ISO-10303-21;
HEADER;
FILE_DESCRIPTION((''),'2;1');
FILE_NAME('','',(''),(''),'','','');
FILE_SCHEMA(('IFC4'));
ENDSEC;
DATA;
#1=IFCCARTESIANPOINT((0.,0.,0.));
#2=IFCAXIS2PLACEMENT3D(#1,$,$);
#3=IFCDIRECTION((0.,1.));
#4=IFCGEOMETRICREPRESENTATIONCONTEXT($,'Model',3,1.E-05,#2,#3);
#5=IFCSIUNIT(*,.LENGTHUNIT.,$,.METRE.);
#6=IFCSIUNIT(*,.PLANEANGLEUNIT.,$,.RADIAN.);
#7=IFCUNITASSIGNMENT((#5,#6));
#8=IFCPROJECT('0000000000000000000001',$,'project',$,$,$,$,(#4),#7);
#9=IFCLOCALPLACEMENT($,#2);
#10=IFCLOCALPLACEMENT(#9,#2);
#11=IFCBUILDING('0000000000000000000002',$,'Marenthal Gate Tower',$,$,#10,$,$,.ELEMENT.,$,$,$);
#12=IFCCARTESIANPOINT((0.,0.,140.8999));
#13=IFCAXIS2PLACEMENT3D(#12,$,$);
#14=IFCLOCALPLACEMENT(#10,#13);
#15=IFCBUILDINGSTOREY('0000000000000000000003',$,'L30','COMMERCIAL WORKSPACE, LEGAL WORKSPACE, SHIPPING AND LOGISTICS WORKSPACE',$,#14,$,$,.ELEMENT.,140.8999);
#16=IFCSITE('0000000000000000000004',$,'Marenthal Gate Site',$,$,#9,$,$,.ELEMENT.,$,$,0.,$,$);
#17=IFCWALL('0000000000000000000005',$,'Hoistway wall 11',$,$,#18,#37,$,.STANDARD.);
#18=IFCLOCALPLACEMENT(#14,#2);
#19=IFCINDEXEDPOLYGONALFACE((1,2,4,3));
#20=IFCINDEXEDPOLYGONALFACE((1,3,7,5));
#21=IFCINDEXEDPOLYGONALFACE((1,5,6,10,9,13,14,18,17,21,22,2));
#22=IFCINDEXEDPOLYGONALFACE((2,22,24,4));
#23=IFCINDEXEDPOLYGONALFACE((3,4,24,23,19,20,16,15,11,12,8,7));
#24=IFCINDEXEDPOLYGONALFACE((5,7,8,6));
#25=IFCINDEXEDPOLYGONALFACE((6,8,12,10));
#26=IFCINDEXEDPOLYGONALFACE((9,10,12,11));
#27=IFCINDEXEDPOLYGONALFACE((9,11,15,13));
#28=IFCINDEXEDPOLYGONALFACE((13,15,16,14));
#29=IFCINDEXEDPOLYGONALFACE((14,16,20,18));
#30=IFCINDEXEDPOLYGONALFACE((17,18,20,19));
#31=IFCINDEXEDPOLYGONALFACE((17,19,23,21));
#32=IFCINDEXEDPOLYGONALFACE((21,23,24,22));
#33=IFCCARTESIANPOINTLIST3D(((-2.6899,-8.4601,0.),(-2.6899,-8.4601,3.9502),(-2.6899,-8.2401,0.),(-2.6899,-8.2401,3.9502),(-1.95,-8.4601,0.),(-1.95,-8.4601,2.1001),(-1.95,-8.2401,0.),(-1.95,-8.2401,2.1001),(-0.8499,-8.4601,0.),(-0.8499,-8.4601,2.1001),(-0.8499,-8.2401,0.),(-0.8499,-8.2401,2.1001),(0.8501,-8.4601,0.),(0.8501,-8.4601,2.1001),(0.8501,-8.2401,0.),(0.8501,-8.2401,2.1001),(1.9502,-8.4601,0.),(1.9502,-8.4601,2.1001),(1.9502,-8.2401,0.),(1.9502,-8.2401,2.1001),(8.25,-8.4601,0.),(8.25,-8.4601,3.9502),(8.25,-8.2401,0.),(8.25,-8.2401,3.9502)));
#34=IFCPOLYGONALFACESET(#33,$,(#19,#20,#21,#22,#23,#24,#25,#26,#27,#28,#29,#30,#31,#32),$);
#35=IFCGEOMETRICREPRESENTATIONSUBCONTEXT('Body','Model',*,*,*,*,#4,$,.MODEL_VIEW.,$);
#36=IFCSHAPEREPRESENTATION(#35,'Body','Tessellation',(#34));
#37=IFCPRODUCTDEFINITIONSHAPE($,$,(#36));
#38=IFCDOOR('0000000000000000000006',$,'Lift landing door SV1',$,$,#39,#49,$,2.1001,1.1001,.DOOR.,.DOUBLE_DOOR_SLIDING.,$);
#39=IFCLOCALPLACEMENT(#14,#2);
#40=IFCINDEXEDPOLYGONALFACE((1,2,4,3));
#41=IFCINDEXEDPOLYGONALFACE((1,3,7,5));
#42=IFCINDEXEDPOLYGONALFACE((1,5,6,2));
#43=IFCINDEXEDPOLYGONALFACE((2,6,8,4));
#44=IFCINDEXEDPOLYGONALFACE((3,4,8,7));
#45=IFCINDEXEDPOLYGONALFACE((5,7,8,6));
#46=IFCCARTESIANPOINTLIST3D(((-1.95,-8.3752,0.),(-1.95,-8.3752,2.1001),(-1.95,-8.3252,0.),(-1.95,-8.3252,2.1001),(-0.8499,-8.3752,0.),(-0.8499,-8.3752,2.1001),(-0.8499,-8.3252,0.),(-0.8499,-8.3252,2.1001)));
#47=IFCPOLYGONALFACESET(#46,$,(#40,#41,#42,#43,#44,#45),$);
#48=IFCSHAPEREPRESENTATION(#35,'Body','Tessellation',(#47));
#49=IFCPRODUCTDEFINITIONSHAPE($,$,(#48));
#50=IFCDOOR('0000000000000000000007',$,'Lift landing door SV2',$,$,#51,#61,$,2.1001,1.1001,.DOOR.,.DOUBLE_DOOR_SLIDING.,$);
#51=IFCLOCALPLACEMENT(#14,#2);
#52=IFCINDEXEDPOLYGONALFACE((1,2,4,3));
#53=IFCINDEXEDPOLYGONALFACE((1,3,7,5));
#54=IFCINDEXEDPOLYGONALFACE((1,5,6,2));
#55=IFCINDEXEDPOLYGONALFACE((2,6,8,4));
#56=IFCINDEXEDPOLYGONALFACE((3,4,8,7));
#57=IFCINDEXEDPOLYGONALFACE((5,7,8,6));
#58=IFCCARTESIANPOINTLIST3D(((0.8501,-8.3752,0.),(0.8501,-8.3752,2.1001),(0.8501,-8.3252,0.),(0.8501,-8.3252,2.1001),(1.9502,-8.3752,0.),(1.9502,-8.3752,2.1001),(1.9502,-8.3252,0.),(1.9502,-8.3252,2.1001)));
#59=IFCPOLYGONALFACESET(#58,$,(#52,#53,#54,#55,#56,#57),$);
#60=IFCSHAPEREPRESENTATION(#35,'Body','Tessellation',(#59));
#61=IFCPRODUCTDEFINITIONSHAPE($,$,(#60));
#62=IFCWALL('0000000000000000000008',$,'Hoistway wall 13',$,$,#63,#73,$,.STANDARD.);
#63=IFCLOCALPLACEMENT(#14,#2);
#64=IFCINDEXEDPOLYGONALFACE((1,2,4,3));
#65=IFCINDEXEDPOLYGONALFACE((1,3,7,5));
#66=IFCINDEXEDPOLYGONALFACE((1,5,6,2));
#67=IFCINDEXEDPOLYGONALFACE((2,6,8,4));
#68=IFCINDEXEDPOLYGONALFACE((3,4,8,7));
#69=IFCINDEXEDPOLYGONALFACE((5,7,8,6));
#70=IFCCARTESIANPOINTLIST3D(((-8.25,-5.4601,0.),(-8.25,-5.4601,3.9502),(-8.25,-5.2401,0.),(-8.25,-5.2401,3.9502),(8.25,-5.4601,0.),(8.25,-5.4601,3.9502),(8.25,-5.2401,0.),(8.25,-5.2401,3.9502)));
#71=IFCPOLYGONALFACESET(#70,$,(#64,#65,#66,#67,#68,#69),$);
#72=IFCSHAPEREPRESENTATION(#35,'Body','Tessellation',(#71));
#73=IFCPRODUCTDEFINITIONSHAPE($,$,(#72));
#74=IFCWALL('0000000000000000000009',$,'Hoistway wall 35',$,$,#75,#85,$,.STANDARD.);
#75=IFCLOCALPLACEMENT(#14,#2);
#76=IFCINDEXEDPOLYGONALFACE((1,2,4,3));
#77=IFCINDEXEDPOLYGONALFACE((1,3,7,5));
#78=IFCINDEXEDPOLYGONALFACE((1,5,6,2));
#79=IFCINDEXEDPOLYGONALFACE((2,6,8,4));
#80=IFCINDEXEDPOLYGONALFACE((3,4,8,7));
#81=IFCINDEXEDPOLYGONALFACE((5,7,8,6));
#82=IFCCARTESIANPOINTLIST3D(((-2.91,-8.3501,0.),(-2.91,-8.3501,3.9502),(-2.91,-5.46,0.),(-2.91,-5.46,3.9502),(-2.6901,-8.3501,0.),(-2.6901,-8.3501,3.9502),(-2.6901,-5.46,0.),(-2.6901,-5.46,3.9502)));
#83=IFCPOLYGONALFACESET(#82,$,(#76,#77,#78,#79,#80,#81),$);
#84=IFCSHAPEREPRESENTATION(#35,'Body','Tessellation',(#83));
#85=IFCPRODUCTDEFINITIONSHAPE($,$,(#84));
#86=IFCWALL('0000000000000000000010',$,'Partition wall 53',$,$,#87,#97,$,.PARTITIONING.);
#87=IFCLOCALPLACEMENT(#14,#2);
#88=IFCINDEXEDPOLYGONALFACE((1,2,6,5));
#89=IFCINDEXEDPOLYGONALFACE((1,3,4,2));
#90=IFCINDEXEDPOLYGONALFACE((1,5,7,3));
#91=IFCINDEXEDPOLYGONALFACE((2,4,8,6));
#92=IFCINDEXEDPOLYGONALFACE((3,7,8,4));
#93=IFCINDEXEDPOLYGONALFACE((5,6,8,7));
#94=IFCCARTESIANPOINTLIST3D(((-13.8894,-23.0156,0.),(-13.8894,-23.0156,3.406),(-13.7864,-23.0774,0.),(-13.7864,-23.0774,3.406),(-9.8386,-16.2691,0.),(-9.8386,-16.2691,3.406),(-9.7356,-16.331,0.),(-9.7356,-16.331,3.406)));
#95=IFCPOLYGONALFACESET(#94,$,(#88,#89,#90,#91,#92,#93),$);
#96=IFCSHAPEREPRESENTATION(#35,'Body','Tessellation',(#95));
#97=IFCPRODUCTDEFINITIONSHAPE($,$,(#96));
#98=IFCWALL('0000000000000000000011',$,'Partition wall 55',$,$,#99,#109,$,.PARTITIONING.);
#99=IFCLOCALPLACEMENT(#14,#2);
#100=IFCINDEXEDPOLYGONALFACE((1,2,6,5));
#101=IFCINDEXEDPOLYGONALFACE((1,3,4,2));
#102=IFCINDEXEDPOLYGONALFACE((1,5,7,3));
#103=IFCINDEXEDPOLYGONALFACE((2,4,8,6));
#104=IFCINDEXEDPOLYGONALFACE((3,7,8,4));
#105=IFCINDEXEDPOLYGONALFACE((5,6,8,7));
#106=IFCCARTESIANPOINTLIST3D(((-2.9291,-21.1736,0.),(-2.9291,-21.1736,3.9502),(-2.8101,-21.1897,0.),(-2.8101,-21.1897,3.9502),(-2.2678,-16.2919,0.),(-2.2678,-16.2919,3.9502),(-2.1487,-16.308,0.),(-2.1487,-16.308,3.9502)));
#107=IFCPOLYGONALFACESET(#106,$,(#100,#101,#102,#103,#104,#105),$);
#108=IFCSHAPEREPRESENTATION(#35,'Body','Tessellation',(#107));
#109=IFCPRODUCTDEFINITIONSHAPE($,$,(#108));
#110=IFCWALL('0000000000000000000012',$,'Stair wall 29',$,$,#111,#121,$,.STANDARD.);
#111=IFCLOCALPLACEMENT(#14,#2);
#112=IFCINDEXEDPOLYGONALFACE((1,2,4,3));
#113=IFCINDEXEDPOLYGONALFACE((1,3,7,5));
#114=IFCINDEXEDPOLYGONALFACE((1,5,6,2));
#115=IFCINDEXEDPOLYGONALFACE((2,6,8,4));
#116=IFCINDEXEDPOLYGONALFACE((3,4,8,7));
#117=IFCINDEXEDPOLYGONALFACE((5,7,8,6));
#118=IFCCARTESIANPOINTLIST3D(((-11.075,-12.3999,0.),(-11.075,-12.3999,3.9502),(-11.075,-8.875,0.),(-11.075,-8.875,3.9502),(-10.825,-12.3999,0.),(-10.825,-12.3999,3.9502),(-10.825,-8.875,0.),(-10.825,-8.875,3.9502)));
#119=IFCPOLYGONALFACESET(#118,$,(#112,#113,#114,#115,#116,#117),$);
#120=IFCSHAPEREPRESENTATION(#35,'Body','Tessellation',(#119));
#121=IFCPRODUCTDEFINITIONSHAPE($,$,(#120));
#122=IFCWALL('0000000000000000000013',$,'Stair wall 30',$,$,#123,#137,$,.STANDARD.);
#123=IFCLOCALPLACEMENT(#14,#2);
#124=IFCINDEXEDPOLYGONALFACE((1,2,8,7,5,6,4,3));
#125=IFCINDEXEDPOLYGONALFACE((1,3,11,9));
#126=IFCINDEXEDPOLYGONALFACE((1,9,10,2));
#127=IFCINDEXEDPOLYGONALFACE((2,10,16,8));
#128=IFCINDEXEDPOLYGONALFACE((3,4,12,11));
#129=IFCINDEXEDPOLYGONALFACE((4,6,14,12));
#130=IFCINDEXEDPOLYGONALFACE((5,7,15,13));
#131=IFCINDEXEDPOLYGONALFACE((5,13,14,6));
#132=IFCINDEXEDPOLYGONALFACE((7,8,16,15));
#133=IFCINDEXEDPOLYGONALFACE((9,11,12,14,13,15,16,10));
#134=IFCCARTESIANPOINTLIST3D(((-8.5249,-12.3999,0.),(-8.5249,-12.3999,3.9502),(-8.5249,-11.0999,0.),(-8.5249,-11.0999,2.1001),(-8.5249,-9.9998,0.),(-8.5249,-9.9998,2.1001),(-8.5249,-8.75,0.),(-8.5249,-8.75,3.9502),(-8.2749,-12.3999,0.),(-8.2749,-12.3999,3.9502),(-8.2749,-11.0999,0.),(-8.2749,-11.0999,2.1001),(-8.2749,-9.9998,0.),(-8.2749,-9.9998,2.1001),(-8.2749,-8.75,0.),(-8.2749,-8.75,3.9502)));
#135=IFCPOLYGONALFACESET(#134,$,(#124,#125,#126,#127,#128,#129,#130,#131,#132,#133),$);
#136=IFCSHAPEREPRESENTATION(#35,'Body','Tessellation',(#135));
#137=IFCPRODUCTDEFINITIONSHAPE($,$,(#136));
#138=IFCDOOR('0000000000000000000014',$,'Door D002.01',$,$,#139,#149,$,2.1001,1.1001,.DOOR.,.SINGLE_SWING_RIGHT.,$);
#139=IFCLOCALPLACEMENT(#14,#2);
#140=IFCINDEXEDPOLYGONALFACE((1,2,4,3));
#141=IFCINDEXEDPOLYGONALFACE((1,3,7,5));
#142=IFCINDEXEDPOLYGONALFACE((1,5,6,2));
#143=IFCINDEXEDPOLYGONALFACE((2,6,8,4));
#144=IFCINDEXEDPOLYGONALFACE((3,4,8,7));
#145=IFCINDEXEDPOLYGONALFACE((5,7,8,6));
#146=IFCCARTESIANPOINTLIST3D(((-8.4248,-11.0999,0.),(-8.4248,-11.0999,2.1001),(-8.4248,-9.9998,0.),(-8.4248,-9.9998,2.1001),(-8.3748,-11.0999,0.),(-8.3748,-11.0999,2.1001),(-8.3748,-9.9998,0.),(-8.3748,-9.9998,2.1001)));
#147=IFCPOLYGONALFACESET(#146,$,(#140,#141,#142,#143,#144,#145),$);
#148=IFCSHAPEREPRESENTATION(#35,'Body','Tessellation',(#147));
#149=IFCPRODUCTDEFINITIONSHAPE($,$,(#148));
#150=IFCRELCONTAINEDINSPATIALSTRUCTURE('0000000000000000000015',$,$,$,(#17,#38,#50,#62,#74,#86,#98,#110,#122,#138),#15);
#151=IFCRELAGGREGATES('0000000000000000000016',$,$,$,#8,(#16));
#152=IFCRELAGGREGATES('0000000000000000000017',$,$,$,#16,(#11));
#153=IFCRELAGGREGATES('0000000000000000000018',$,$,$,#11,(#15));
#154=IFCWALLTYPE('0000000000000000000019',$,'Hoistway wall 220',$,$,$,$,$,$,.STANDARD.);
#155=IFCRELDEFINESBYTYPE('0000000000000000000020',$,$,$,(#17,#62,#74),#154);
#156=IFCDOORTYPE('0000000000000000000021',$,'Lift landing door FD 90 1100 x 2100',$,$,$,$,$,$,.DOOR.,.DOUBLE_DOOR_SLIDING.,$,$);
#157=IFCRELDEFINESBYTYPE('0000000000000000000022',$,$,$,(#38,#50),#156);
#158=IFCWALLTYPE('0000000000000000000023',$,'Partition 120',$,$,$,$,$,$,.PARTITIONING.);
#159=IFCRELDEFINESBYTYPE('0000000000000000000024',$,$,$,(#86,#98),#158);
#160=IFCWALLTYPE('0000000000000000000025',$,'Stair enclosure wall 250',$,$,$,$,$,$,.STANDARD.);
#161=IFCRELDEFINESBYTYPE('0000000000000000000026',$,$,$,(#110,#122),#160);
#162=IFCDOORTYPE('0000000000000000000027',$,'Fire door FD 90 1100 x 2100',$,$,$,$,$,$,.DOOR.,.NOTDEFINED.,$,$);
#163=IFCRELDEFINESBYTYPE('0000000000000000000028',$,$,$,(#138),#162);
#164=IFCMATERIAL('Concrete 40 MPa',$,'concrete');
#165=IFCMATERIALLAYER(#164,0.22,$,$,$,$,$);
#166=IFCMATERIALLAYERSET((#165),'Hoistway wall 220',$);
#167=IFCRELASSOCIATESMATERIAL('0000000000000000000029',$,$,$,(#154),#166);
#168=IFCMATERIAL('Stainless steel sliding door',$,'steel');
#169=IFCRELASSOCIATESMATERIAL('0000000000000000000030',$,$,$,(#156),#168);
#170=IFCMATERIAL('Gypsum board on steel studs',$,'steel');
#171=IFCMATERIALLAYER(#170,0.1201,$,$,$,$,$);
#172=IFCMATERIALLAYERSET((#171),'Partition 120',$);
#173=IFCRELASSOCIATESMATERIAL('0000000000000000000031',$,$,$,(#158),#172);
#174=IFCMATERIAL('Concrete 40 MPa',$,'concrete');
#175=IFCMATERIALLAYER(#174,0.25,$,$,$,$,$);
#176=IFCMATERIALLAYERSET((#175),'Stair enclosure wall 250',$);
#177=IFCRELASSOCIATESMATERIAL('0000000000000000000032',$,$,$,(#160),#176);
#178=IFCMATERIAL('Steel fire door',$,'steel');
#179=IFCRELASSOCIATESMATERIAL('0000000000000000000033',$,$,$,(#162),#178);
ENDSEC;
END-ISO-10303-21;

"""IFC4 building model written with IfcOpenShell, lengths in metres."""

from ifc_helpers import new_model, si_unit, direction, frame, frame_2d, origin, place, context, subcontext, project, spatial, rectangle, extrude, material, layer, layer_set, type_object, element, fill, save


model = new_model("IFC4")

# Units and contexts
model_context = context("Model", 3, precision=1e-05, world=origin(), true_north=direction((0.0, 1.0)))
body_context = subcontext(model_context, "Body", "Model", "MODEL_VIEW")
ifc_project = project(units=[si_unit("LENGTHUNIT", "METRE"), si_unit("PLANEANGLEUNIT", "RADIAN")], contexts=[model_context])

# Site, building, storey
site_placement = place(None, origin())
site = spatial("IfcSite", under=ifc_project, at=site_placement, Name="Marenthal Gate Site", CompositionType="ELEMENT", RefElevation=0.0)
building_placement = place(site_placement, origin())
building = spatial("IfcBuilding", under=site, at=building_placement, Name="Marenthal Gate Tower", CompositionType="ELEMENT")
storey_placement = place(building_placement, frame((0.0, 0.0, 140.8999)))
storey = spatial("IfcBuildingStorey", under=building, at=storey_placement, Name="L30", Description="COMMERCIAL WORKSPACE, LEGAL WORKSPACE, SHIPPING AND LOGISTICS WORKSPACE", CompositionType="ELEMENT", Elevation=140.8999)

# Wall, openings, doors
ifc_material_1 = material(Name="Concrete 40 MPa", Category="concrete")
ifc_layer_1 = layer(ifc_material_1, 0.22)
ifc_layer_set_1 = layer_set([ifc_layer_1], Name="Hoistway wall 220")
wall_type_1 = type_object("IfcWallType", Name="Hoistway wall 220", PredefinedType="STANDARD", material=ifc_layer_set_1)
ifc_material_2 = material(Name="Stainless steel sliding door", Category="steel")
door_type_1 = type_object("IfcDoorType", Name="Lift landing door FD 90 1100 x 2100", OperationType="DOUBLE_DOOR_SLIDING", PredefinedType="DOOR", material=ifc_material_2)
wall_1_placement = place(storey_placement, frame((-2.6899, -8.3501, 0.0), z_axis=(0.0, 0.0, 1.0), x_axis=(1.0, 0.0, 0.0)))
wall_1 = element("IfcWall", 1, at=wall_1_placement, inside=storey, type_object=wall_type_1, Name="Hoistway wall 11", PredefinedType="STANDARD", context=body_context, shape_type="SweptSolid", body=[
    extrude(rectangle(XDim=10.9399, YDim=0.22, at=frame_2d((5.47, 0.0))), origin(), (0.0, 0.0, 1.0), 3.9502),
])
opening_1_placement = place(wall_1_placement, frame((0.74, 0.0, 0.0)))
opening_1 = element("IfcOpeningElement", 2, at=opening_1_placement, cuts=wall_1, PredefinedType="OPENING", context=body_context, shape_type="SweptSolid", body=[
    extrude(rectangle(XDim=1.1001, YDim=2.1001, at=frame_2d((0.55, 1.05))), frame((0.0, 0.1201, 0.0), z_axis=(0.0, -1.0, 0.0), x_axis=(1.0, 0.0, 0.0)), (0.0, 0.0, 1.0), 0.24),
])
opening_2_placement = place(wall_1_placement, frame((3.54, 0.0, 0.0)))
opening_2 = element("IfcOpeningElement", 3, at=opening_2_placement, cuts=wall_1, PredefinedType="OPENING", context=body_context, shape_type="SweptSolid", body=[
    extrude(rectangle(XDim=1.1001, YDim=2.1001, at=frame_2d((0.55, 1.05))), frame((0.0, 0.1201, 0.0), z_axis=(0.0, -1.0, 0.0), x_axis=(1.0, 0.0, 0.0)), (0.0, 0.0, 1.0), 0.24),
])
door_1_placement = place(opening_1_placement, origin())
door_1 = element("IfcDoor", 4, at=door_1_placement, inside=storey, type_object=door_type_1, Name="Lift landing door SV1", OperationType="DOUBLE_DOOR_SLIDING", OverallHeight=2.1001, OverallWidth=1.1001, PredefinedType="DOOR", context=body_context, shape_type="SweptSolid", body=[
    extrude(rectangle(XDim=1.1001, YDim=2.1001, at=frame_2d((0.55, 1.05))), frame((0.0, 0.0249, 0.0), z_axis=(0.0, -1.0, 0.0), x_axis=(1.0, 0.0, 0.0)), (0.0, 0.0, 1.0), 0.05),
])
fill(opening_1, door_1)
door_2_placement = place(opening_2_placement, origin())
door_2 = element("IfcDoor", 5, at=door_2_placement, inside=storey, type_object=door_type_1, Name="Lift landing door SV2", OperationType="DOUBLE_DOOR_SLIDING", OverallHeight=2.1001, OverallWidth=1.1001, PredefinedType="DOOR", context=body_context, shape_type="SweptSolid", body=[
    extrude(rectangle(XDim=1.1001, YDim=2.1001, at=frame_2d((0.55, 1.05))), frame((0.0, 0.0249, 0.0), z_axis=(0.0, -1.0, 0.0), x_axis=(1.0, 0.0, 0.0)), (0.0, 0.0, 1.0), 0.05),
])
fill(opening_2, door_2)

# Walls
wall_2_placement = place(storey_placement, frame((-8.25, -5.3501, 0.0), z_axis=(0.0, 0.0, 1.0), x_axis=(1.0, 0.0, 0.0)))
element("IfcWall", 6, at=wall_2_placement, inside=storey, type_object=wall_type_1, Name="Hoistway wall 13", PredefinedType="STANDARD", context=body_context, shape_type="SweptSolid", body=[
    extrude(rectangle(XDim=16.5, YDim=0.22, at=frame_2d((8.25, 0.0))), origin(), (0.0, 0.0, 1.0), 3.9502),
])
wall_3_placement = place(storey_placement, frame((-2.8, -8.3501, 0.0), z_axis=(0.0, 0.0, 1.0), x_axis=(0.0, 1.0, 0.0)))
element("IfcWall", 7, at=wall_3_placement, inside=storey, type_object=wall_type_1, Name="Hoistway wall 35", PredefinedType="STANDARD", context=body_context, shape_type="SweptSolid", body=[
    extrude(rectangle(XDim=2.8901, YDim=0.22, at=frame_2d((1.4451, 0.0))), origin(), (0.0, 0.0, 1.0), 3.9502),
])
ifc_material_3 = material(Name="Gypsum board on steel studs", Category="steel")
ifc_layer_2 = layer(ifc_material_3, 0.1201)
ifc_layer_set_2 = layer_set([ifc_layer_2], Name="Partition 120")
wall_type_2 = type_object("IfcWallType", Name="Partition 120", PredefinedType="PARTITIONING", material=ifc_layer_set_2)
wall_4_placement = place(storey_placement, frame((-9.7871, -16.3, 0.0), z_axis=(0.0, 0.0, 1.0), x_axis=(-0.514774, -0.857326, 0.0)))
element("IfcWall", 8, at=wall_4_placement, inside=storey, type_object=wall_type_2, Name="Partition wall 53", PredefinedType="PARTITIONING", context=body_context, shape_type="SweptSolid", body=[
    extrude(rectangle(XDim=7.8691, YDim=0.1201, at=frame_2d((3.9346, 0.0))), origin(), (0.0, 0.0, 1.0), 3.406),
])
wall_5_placement = place(storey_placement, frame((-2.8696, -21.1816, 0.0), z_axis=(0.0, 0.0, 1.0), x_axis=(0.134257, 0.990947, 0.0)))
element("IfcWall", 9, at=wall_5_placement, inside=storey, type_object=wall_type_2, Name="Partition wall 55", PredefinedType="PARTITIONING", context=body_context, shape_type="SweptSolid", body=[
    extrude(rectangle(XDim=4.9263, YDim=0.1201, at=frame_2d((2.4631, 0.0))), origin(), (0.0, 0.0, 1.0), 3.9502),
])
ifc_material_4 = material(Name="Concrete 40 MPa", Category="concrete")
ifc_layer_3 = layer(ifc_material_4, 0.25)
ifc_layer_set_3 = layer_set([ifc_layer_3], Name="Stair enclosure wall 250")
wall_type_3 = type_object("IfcWallType", Name="Stair enclosure wall 250", PredefinedType="STANDARD", material=ifc_layer_set_3)
wall_6_placement = place(storey_placement, frame((-10.95, -12.3999, 0.0), z_axis=(0.0, 0.0, 1.0), x_axis=(0.0, 1.0, 0.0)))
element("IfcWall", 10, at=wall_6_placement, inside=storey, type_object=wall_type_3, Name="Stair wall 29", PredefinedType="STANDARD", context=body_context, shape_type="SweptSolid", body=[
    extrude(rectangle(XDim=3.5249, YDim=0.25, at=frame_2d((1.7625, 0.0))), origin(), (0.0, 0.0, 1.0), 3.9502),
])

# Wall, opening, door
wall_7_placement = place(storey_placement, frame((-8.3999, -12.3999, 0.0), z_axis=(0.0, 0.0, 1.0), x_axis=(0.0, 1.0, 0.0)))
wall_7 = element("IfcWall", 11, at=wall_7_placement, inside=storey, type_object=wall_type_3, Name="Stair wall 30", PredefinedType="STANDARD", context=body_context, shape_type="SweptSolid", body=[
    extrude(rectangle(XDim=3.6499, YDim=0.25, at=frame_2d((1.825, 0.0))), origin(), (0.0, 0.0, 1.0), 3.9502),
])
opening_3_placement = place(wall_7_placement, frame((1.3, 0.0, 0.0)))
opening_3 = element("IfcOpeningElement", 12, at=opening_3_placement, cuts=wall_7, PredefinedType="OPENING", context=body_context, shape_type="SweptSolid", body=[
    extrude(rectangle(XDim=1.1001, YDim=2.1001, at=frame_2d((0.55, 1.05))), frame((0.0, 0.135, 0.0), z_axis=(0.0, -1.0, 0.0), x_axis=(1.0, 0.0, 0.0)), (0.0, 0.0, 1.0), 0.27),
])
ifc_material_5 = material(Name="Steel fire door", Category="steel")
door_type_2 = type_object("IfcDoorType", Name="Fire door FD 90 1100 x 2100", OperationType="NOTDEFINED", PredefinedType="DOOR", material=ifc_material_5)
door_3_placement = place(opening_3_placement, origin())
door_3 = element("IfcDoor", 13, at=door_3_placement, inside=storey, type_object=door_type_2, Name="Door D002.01", OperationType="SINGLE_SWING_RIGHT", OverallHeight=2.1001, OverallWidth=1.1001, PredefinedType="DOOR", context=body_context, shape_type="SweptSolid", body=[
    extrude(rectangle(XDim=1.1001, YDim=2.1001, at=frame_2d((0.55, 1.05))), frame((0.0, 0.0249, 0.0), z_axis=(0.0, -1.0, 0.0), x_axis=(1.0, 0.0, 0.0)), (0.0, 0.0, 1.0), 0.05),
])
fill(opening_3, door_3)

save(model, "model.ifc")
